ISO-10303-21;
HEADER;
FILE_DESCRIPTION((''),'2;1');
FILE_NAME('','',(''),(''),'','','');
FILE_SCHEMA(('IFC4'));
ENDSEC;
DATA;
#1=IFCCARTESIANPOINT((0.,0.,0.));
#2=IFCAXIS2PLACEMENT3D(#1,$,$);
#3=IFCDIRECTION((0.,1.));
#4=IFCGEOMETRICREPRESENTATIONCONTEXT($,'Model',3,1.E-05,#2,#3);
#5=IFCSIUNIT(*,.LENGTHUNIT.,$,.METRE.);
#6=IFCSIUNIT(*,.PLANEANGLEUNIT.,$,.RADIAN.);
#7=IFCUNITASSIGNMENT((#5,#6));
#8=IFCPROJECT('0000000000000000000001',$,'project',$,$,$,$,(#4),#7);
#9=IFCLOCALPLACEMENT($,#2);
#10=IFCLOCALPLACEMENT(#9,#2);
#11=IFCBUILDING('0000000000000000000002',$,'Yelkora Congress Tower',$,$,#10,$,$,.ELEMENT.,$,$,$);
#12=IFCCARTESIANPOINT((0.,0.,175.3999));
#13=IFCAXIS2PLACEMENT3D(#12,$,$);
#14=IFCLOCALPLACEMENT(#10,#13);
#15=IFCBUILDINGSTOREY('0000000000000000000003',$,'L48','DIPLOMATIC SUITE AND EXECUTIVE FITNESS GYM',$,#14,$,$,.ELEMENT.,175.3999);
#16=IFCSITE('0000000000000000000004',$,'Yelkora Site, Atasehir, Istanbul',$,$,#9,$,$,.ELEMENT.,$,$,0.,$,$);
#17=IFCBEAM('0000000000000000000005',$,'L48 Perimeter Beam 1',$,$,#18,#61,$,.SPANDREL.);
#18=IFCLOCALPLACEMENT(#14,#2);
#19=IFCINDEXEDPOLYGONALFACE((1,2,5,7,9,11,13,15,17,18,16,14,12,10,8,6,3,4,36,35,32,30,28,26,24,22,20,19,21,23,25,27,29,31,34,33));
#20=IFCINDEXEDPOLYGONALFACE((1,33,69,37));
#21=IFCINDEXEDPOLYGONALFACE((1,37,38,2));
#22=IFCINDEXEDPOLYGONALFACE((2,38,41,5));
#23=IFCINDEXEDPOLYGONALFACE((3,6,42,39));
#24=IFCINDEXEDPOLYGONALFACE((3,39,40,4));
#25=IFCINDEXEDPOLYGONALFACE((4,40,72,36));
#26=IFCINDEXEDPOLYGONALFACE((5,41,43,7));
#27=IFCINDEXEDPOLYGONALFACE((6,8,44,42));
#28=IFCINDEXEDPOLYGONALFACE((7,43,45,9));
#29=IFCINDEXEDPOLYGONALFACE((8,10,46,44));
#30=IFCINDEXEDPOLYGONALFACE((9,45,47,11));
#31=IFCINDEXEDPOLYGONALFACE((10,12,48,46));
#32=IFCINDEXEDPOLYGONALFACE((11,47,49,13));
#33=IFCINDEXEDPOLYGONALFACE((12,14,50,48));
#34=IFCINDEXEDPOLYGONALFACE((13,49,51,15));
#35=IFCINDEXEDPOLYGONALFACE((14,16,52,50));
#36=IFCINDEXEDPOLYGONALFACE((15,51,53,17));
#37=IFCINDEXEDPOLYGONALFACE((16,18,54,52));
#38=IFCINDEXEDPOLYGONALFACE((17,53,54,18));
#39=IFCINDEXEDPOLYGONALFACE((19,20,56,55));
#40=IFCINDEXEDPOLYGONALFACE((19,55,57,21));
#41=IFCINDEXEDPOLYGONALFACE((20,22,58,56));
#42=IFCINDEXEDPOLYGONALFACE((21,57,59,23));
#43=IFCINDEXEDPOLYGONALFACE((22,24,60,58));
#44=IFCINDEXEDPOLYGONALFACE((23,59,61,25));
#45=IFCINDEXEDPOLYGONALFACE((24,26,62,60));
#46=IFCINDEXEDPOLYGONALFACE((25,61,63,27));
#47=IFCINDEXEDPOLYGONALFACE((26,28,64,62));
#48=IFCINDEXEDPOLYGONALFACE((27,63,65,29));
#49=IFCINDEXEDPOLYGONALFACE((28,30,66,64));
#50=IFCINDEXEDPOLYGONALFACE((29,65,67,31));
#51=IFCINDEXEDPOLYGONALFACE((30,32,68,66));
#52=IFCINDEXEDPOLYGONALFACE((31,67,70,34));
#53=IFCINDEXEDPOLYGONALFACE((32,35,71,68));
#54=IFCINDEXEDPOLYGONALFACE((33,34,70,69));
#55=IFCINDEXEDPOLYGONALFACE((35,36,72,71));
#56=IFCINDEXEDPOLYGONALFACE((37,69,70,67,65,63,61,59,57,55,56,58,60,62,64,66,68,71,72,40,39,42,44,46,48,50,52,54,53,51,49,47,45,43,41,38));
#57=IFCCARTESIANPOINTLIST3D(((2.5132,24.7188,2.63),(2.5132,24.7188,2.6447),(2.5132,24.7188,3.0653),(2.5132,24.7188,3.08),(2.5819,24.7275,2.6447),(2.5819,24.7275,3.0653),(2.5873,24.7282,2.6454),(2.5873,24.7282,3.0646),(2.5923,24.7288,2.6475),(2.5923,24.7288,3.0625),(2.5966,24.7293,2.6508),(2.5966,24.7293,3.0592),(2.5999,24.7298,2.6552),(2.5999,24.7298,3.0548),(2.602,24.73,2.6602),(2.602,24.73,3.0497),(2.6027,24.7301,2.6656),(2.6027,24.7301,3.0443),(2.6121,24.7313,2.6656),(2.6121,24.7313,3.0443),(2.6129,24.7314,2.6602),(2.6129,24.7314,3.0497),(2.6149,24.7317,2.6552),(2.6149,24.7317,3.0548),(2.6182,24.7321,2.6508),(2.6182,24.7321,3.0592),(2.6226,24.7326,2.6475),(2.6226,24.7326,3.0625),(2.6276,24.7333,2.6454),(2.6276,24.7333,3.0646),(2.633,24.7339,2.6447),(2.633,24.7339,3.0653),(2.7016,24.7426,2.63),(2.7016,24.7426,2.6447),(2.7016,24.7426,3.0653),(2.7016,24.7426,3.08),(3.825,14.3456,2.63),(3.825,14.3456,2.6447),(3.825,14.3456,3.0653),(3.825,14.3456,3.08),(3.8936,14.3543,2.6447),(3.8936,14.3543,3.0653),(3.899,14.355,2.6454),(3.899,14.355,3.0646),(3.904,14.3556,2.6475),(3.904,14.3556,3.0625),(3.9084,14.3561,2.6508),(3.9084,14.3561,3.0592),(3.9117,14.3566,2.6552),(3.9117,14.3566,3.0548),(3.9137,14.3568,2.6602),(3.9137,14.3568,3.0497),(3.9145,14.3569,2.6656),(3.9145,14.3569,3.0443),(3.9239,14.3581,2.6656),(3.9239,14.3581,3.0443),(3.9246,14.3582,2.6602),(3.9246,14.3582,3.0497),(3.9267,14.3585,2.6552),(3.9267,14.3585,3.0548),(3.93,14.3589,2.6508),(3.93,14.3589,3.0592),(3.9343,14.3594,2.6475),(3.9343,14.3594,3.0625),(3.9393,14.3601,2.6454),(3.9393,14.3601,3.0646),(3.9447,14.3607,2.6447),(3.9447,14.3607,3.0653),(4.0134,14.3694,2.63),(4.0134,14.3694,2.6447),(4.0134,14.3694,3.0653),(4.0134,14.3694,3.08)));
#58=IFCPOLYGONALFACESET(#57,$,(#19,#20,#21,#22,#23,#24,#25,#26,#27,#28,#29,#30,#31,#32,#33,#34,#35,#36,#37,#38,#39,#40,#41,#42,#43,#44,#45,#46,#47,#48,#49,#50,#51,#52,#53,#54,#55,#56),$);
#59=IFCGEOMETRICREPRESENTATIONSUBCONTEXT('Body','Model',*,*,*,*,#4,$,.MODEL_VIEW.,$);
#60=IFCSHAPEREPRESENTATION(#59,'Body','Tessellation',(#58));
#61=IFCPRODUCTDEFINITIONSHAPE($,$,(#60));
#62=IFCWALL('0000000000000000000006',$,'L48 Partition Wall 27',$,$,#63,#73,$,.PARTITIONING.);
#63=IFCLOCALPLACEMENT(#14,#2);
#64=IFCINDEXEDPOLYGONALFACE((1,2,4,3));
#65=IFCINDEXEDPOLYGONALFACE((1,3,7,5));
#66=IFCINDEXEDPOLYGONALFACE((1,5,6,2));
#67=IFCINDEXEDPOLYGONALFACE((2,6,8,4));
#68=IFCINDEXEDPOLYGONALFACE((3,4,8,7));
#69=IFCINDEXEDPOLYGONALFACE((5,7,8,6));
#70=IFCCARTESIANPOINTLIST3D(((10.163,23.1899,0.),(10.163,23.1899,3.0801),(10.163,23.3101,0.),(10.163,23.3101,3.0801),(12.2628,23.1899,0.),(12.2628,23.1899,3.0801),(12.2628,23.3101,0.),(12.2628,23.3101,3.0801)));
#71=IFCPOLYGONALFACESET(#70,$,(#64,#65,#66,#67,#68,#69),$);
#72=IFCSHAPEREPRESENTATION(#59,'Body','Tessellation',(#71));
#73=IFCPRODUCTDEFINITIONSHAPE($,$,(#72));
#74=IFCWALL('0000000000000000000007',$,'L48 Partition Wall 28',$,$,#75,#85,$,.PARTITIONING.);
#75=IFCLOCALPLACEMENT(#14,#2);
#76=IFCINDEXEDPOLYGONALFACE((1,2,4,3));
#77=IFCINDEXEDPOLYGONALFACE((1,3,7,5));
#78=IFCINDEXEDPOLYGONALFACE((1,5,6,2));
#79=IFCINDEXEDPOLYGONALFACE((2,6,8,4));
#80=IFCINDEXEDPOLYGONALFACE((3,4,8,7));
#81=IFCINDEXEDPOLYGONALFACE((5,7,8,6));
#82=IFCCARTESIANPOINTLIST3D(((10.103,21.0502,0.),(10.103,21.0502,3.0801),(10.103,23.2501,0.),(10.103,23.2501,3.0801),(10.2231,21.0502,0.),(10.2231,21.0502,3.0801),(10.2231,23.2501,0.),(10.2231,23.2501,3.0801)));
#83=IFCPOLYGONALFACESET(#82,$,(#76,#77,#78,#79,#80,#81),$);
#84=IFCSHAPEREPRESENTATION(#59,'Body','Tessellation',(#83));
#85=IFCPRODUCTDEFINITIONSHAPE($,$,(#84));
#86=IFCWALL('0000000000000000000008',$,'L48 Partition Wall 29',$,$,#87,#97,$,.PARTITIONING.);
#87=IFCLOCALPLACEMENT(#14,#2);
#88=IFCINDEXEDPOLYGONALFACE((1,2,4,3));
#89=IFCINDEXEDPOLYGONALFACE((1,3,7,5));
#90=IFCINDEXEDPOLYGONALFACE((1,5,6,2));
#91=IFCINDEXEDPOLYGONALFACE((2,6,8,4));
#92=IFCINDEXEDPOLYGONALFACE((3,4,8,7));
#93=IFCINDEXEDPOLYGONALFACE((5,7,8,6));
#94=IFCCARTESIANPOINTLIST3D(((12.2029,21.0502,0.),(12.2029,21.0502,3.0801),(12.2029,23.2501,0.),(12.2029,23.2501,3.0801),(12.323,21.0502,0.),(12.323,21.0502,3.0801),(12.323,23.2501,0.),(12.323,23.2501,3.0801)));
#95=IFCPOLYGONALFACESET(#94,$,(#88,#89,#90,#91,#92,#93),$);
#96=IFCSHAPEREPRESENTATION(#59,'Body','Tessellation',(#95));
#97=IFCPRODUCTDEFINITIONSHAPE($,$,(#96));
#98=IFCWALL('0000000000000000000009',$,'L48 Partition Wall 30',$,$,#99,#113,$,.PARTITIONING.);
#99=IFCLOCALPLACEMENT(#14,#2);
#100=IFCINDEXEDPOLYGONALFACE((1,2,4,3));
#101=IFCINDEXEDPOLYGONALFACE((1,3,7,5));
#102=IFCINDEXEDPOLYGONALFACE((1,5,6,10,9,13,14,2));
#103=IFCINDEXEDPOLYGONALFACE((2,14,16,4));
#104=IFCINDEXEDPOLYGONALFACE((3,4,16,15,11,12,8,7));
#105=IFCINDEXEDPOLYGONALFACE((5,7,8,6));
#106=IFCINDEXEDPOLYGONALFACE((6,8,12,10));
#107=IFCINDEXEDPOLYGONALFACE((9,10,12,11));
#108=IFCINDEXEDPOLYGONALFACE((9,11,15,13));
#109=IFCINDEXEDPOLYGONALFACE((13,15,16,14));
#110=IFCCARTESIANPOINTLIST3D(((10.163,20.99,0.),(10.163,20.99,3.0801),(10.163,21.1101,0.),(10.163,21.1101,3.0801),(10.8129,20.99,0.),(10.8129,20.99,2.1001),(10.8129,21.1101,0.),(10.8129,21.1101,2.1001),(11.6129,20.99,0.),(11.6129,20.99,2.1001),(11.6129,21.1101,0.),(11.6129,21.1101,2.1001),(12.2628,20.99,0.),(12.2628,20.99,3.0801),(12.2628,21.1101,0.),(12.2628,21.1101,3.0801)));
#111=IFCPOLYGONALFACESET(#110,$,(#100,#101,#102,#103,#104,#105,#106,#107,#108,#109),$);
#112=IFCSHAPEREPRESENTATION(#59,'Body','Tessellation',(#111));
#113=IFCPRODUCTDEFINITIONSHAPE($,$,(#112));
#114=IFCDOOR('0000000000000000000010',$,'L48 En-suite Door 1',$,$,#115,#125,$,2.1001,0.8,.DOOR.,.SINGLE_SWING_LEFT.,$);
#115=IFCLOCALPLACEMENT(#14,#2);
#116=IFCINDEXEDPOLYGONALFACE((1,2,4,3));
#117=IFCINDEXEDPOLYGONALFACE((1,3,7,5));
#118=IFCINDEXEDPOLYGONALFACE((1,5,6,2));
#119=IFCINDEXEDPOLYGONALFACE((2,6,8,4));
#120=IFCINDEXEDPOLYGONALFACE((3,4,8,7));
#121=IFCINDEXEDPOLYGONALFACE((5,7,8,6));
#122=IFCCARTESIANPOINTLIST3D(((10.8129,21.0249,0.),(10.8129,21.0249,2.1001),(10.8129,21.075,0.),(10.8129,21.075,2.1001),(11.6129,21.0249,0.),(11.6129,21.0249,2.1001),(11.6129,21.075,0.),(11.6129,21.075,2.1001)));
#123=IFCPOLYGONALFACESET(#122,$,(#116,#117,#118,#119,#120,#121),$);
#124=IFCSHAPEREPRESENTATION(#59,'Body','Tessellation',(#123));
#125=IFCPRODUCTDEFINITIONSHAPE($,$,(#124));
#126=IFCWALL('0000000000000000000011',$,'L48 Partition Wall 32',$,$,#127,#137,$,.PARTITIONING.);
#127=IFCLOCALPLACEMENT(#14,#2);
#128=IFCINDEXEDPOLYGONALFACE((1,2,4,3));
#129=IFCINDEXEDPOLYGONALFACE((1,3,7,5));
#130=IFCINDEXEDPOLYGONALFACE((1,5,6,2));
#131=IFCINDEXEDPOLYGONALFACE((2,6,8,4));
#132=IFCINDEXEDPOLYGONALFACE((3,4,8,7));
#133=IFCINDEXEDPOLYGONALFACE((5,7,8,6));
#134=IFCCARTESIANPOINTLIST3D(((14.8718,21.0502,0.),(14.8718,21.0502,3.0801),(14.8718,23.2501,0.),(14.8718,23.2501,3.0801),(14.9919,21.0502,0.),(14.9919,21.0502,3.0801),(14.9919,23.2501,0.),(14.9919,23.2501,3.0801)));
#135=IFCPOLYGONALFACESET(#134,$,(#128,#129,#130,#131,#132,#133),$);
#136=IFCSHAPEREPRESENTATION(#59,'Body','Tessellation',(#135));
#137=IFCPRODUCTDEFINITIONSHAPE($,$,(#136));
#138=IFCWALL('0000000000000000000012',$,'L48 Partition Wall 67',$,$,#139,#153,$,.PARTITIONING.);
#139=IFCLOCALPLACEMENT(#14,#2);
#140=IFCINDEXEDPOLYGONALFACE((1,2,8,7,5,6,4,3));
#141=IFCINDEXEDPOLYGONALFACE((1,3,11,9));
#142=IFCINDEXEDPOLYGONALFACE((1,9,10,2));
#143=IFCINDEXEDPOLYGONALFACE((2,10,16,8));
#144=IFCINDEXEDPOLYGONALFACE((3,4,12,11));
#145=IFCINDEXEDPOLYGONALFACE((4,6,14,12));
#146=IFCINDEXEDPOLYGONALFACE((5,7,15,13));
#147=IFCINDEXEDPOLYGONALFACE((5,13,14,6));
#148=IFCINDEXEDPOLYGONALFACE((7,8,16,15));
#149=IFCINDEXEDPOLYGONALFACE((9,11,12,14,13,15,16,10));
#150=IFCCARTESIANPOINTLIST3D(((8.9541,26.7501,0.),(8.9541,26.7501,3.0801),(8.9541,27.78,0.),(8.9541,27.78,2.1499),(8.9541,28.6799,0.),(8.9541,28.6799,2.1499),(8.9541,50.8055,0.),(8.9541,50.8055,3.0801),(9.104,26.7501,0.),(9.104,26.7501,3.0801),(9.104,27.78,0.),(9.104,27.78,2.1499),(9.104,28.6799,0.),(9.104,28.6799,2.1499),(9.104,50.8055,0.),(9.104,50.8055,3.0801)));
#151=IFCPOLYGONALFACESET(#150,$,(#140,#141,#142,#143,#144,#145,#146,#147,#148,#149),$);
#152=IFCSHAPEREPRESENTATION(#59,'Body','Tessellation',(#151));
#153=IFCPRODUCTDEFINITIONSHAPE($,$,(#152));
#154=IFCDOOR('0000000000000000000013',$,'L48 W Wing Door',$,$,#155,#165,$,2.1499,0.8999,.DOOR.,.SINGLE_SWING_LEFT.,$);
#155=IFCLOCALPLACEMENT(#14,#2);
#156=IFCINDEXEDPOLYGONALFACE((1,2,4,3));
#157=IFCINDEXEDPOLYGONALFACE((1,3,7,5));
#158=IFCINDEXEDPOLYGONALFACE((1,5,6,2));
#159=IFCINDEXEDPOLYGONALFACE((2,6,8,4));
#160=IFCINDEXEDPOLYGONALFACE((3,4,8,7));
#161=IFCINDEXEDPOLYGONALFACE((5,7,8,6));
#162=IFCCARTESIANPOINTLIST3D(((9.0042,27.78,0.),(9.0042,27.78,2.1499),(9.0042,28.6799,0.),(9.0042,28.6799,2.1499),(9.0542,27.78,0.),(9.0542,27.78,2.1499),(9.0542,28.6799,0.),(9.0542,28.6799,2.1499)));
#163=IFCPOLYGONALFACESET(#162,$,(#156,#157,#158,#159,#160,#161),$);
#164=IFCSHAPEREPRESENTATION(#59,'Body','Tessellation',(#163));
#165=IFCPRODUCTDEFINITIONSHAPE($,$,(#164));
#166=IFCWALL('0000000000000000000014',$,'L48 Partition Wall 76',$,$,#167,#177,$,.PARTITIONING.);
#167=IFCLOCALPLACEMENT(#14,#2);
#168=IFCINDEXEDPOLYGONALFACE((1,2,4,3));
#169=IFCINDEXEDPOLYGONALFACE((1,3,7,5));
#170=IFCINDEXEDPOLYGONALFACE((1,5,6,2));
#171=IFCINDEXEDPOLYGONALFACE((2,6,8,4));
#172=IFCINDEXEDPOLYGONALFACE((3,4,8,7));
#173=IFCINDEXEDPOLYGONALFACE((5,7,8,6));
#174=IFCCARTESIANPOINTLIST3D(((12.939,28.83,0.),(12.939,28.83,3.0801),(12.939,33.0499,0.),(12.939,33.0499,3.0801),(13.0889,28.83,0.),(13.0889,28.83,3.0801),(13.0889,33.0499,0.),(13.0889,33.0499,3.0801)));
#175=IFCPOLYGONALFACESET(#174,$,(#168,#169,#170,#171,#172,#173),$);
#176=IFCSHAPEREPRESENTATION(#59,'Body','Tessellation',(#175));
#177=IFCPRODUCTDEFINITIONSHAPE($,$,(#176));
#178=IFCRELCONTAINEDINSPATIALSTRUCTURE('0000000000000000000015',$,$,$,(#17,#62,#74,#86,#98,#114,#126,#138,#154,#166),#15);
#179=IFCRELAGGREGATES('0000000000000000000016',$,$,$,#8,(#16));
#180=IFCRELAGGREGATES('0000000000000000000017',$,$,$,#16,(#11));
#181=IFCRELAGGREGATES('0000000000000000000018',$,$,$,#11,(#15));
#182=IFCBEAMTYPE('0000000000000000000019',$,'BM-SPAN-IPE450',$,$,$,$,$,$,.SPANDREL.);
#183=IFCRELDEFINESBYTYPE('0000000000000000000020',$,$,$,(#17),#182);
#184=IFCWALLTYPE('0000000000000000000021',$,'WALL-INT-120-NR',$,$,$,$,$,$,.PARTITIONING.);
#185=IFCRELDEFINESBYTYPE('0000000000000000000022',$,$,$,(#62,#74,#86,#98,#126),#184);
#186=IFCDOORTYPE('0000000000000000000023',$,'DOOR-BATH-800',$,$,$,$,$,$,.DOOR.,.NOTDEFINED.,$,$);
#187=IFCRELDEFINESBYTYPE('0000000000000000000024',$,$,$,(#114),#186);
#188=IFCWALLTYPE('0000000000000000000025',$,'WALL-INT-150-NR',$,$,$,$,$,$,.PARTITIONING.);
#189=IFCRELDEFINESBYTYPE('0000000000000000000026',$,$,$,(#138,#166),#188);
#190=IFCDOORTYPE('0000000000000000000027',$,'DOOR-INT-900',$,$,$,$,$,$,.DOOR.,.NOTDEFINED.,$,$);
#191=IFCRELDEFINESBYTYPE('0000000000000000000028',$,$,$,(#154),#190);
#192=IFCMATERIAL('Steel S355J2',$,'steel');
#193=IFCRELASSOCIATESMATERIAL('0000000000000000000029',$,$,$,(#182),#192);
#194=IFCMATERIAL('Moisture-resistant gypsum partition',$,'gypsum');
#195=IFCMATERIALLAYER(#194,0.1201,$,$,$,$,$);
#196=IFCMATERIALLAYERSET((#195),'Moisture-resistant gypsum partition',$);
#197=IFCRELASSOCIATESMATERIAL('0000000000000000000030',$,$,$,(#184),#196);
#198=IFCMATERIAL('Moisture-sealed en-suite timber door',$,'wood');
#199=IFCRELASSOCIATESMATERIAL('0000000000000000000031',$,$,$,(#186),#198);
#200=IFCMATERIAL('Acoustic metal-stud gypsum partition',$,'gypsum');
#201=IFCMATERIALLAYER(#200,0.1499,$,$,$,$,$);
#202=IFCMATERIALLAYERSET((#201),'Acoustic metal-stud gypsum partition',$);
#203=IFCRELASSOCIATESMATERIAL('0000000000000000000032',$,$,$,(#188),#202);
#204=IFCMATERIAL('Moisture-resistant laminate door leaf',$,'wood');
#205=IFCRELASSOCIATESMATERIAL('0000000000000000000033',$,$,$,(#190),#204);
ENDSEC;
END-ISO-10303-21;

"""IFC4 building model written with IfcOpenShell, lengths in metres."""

from ifc_helpers import new_model, si_unit, direction, frame, frame_2d, origin, origin_2d, place, context, subcontext, project, spatial, rectangle, i_section, extrude, material, layer, layer_set, material_profile, profile_set, type_object, element, fill, save


model = new_model("IFC4")

# Units and contexts
model_context = context("Model", 3, precision=1e-05, world=origin(), true_north=direction((0.0, 1.0)))
body_context = subcontext(model_context, "Body", "Model", "MODEL_VIEW")
ifc_project = project(units=[si_unit("LENGTHUNIT", "METRE"), si_unit("PLANEANGLEUNIT", "RADIAN")], contexts=[model_context])

# Site, building, storey
site_placement = place(None, origin())
site = spatial("IfcSite", under=ifc_project, at=site_placement, Name="Yelkora Site, Atasehir, Istanbul", CompositionType="ELEMENT", RefElevation=0.0)
building_placement = place(site_placement, origin())
building = spatial("IfcBuilding", under=site, at=building_placement, Name="Yelkora Congress Tower", CompositionType="ELEMENT")
storey_placement = place(building_placement, frame((0.0, 0.0, 175.3999)))
storey = spatial("IfcBuildingStorey", under=building, at=storey_placement, Name="L48", Description="DIPLOMATIC SUITE AND EXECUTIVE FITNESS GYM", CompositionType="ELEMENT", Elevation=175.3999)

# Beam
ifc_material_1 = material(Name="Steel S355J2", Category="steel")
ifc_material_profile_1 = material_profile(ifc_material_1, i_section(OverallWidth=0.1899, OverallDepth=0.45, WebThickness=0.0095, FlangeThickness=0.0146, FilletRadius=0.021, at=origin_2d()), Name="IPE 450")
ifc_profile_set_1 = profile_set([ifc_material_profile_1], Name="Steel S355J2")
beam_type_1 = type_object("IfcBeamType", Name="BM-SPAN-IPE450", PredefinedType="SPANDREL", material=ifc_profile_set_1)
beam_1_placement = place(storey_placement, frame((2.6074, 24.7307, 2.855), z_axis=(0.125457, -0.992099, 0.0), x_axis=(0.992099, 0.125457, 0.0)))
element("IfcBeam", 1, at=beam_1_placement, inside=storey, type_object=beam_type_1, Name="L48 Perimeter Beam 1", PredefinedType="SPANDREL", context=body_context, shape_type="SweptSolid", body=[
    extrude(i_section(OverallWidth=0.1899, OverallDepth=0.45, WebThickness=0.0095, FlangeThickness=0.0146, FilletRadius=0.021, at=origin_2d()), origin(), (0.0, 0.0, 1.0), 10.4558),
])

# Walls
ifc_material_2 = material(Name="Moisture-resistant gypsum partition", Category="gypsum")
ifc_layer_1 = layer(ifc_material_2, 0.1201)
ifc_layer_set_1 = layer_set([ifc_layer_1], Name="Moisture-resistant gypsum partition")
wall_type_1 = type_object("IfcWallType", Name="WALL-INT-120-NR", PredefinedType="PARTITIONING", material=ifc_layer_set_1)
wall_1_placement = place(storey_placement, frame((10.1631, 23.25, 0.0), z_axis=(0.0, 0.0, 1.0), x_axis=(1.0, 0.0, 0.0)))
element("IfcWall", 2, at=wall_1_placement, inside=storey, type_object=wall_type_1, Name="L48 Partition Wall 27", PredefinedType="PARTITIONING", context=body_context, shape_type="SweptSolid", body=[
    extrude(rectangle(XDim=2.0999, YDim=0.1201, at=frame_2d((1.0498, 0.0))), origin(), (0.0, 0.0, 1.0), 3.0801),
])
for number, where, z_axis, x_axis, name in (
    (3, (10.1631, 21.05, 0.0), (0.0, 0.0, 1.0), (0.0, 1.0, 0.0), "L48 Partition Wall 28"),
    (4, (12.2629, 21.05, 0.0), (0.0, 0.0, 1.0), (0.0, 1.0, 0.0), "L48 Partition Wall 29"),
):
    element("IfcWall", number, at=place(storey_placement, frame(where, z_axis=z_axis, x_axis=x_axis)), inside=storey, type_object=wall_type_1, Name=name, PredefinedType="PARTITIONING", context=body_context, shape_type="SweptSolid", body=[
        extrude(rectangle(XDim=2.2, YDim=0.1201, at=frame_2d((1.1001, 0.0))), origin(), (0.0, 0.0, 1.0), 3.0801),
    ])

# Wall, opening, door
wall_2_placement = place(storey_placement, frame((10.1631, 21.05, 0.0), z_axis=(0.0, 0.0, 1.0), x_axis=(1.0, 0.0, 0.0)))
wall_2 = element("IfcWall", 5, at=wall_2_placement, inside=storey, type_object=wall_type_1, Name="L48 Partition Wall 30", PredefinedType="PARTITIONING", context=body_context, shape_type="SweptSolid", body=[
    extrude(rectangle(XDim=2.0999, YDim=0.1201, at=frame_2d((1.0498, 0.0))), origin(), (0.0, 0.0, 1.0), 3.0801),
])
opening_1_placement = place(wall_2_placement, frame((0.6499, 0.0, 0.0)))
opening_1 = element("IfcOpeningElement", 6, at=opening_1_placement, cuts=wall_2, PredefinedType="OPENING", context=body_context, shape_type="SweptSolid", body=[
    extrude(rectangle(XDim=0.8, YDim=2.1001, at=frame_2d((0.3999, 1.05))), frame((0.0, 0.0701, 0.0), z_axis=(0.0, -1.0, 0.0), x_axis=(1.0, 0.0, 0.0)), (0.0, 0.0, 1.0), 0.1401),
])
ifc_material_3 = material(Name="Moisture-sealed en-suite timber door", Category="wood")
door_type_1 = type_object("IfcDoorType", Name="DOOR-BATH-800", OperationType="NOTDEFINED", PredefinedType="DOOR", material=ifc_material_3)
door_1_placement = place(opening_1_placement, origin())
door_1 = element("IfcDoor", 7, at=door_1_placement, inside=storey, type_object=door_type_1, Name="L48 En-suite Door 1", OperationType="SINGLE_SWING_LEFT", OverallHeight=2.1001, OverallWidth=0.8, PredefinedType="DOOR", context=body_context, shape_type="SweptSolid", body=[
    extrude(rectangle(XDim=0.8, YDim=2.1001, at=frame_2d((0.3999, 1.05))), frame((0.0, 0.0249, 0.0), z_axis=(0.0, -1.0, 0.0), x_axis=(1.0, 0.0, 0.0)), (0.0, 0.0, 1.0), 0.05),
])
fill(opening_1, door_1)

# Wall
wall_3_placement = place(storey_placement, frame((14.9319, 21.05, 0.0), z_axis=(0.0, 0.0, 1.0), x_axis=(0.0, 1.0, 0.0)))
element("IfcWall", 8, at=wall_3_placement, inside=storey, type_object=wall_type_1, Name="L48 Partition Wall 32", PredefinedType="PARTITIONING", context=body_context, shape_type="SweptSolid", body=[
    extrude(rectangle(XDim=2.2, YDim=0.1201, at=frame_2d((1.1001, 0.0))), origin(), (0.0, 0.0, 1.0), 3.0801),
])

# Wall, opening, door
ifc_material_4 = material(Name="Acoustic metal-stud gypsum partition", Category="gypsum")
ifc_layer_2 = layer(ifc_material_4, 0.1499)
ifc_layer_set_2 = layer_set([ifc_layer_2], Name="Acoustic metal-stud gypsum partition")
wall_type_2 = type_object("IfcWallType", Name="WALL-INT-150-NR", PredefinedType="PARTITIONING", material=ifc_layer_set_2)
wall_4_placement = place(storey_placement, frame((9.0291, 26.75, 0.0), z_axis=(0.0, 0.0, 1.0), x_axis=(0.0, 1.0, 0.0)))
wall_4 = element("IfcWall", 9, at=wall_4_placement, inside=storey, type_object=wall_type_2, Name="L48 Partition Wall 67", PredefinedType="PARTITIONING", context=body_context, shape_type="SweptSolid", body=[
    extrude(rectangle(XDim=24.0554, YDim=0.1499, at=frame_2d((12.0278, 0.0))), origin(), (0.0, 0.0, 1.0), 3.0801),
])
opening_2_placement = place(wall_4_placement, frame((1.03, 0.0, 0.0)))
opening_2 = element("IfcOpeningElement", 10, at=opening_2_placement, cuts=wall_4, PredefinedType="OPENING", context=body_context, shape_type="SweptSolid", body=[
    extrude(rectangle(XDim=0.8999, YDim=2.1499, at=frame_2d((0.45, 1.075))), frame((0.0, 0.085, 0.0), z_axis=(0.0, -1.0, 0.0), x_axis=(1.0, 0.0, 0.0)), (0.0, 0.0, 1.0), 0.1699),
])
ifc_material_5 = material(Name="Moisture-resistant laminate door leaf", Category="wood")
door_type_2 = type_object("IfcDoorType", Name="DOOR-INT-900", OperationType="NOTDEFINED", PredefinedType="DOOR", material=ifc_material_5)
door_2_placement = place(opening_2_placement, origin())
door_2 = element("IfcDoor", 11, at=door_2_placement, inside=storey, type_object=door_type_2, Name="L48 W Wing Door", OperationType="SINGLE_SWING_LEFT", OverallHeight=2.1499, OverallWidth=0.8999, PredefinedType="DOOR", context=body_context, shape_type="SweptSolid", body=[
    extrude(rectangle(XDim=0.8999, YDim=2.1499, at=frame_2d((0.45, 1.075))), frame((0.0, 0.0249, 0.0), z_axis=(0.0, -1.0, 0.0), x_axis=(1.0, 0.0, 0.0)), (0.0, 0.0, 1.0), 0.05),
])
fill(opening_2, door_2)

# Wall
wall_5_placement = place(storey_placement, frame((13.0139, 28.8301, 0.0), z_axis=(0.0, 0.0, 1.0), x_axis=(0.0, 1.0, 0.0)))
element("IfcWall", 12, at=wall_5_placement, inside=storey, type_object=wall_type_2, Name="L48 Partition Wall 76", PredefinedType="PARTITIONING", context=body_context, shape_type="SweptSolid", body=[
    extrude(rectangle(XDim=4.22, YDim=0.1499, at=frame_2d((2.1099, 0.0))), origin(), (0.0, 0.0, 1.0), 3.0801),
])

save(model, "model.ifc")
